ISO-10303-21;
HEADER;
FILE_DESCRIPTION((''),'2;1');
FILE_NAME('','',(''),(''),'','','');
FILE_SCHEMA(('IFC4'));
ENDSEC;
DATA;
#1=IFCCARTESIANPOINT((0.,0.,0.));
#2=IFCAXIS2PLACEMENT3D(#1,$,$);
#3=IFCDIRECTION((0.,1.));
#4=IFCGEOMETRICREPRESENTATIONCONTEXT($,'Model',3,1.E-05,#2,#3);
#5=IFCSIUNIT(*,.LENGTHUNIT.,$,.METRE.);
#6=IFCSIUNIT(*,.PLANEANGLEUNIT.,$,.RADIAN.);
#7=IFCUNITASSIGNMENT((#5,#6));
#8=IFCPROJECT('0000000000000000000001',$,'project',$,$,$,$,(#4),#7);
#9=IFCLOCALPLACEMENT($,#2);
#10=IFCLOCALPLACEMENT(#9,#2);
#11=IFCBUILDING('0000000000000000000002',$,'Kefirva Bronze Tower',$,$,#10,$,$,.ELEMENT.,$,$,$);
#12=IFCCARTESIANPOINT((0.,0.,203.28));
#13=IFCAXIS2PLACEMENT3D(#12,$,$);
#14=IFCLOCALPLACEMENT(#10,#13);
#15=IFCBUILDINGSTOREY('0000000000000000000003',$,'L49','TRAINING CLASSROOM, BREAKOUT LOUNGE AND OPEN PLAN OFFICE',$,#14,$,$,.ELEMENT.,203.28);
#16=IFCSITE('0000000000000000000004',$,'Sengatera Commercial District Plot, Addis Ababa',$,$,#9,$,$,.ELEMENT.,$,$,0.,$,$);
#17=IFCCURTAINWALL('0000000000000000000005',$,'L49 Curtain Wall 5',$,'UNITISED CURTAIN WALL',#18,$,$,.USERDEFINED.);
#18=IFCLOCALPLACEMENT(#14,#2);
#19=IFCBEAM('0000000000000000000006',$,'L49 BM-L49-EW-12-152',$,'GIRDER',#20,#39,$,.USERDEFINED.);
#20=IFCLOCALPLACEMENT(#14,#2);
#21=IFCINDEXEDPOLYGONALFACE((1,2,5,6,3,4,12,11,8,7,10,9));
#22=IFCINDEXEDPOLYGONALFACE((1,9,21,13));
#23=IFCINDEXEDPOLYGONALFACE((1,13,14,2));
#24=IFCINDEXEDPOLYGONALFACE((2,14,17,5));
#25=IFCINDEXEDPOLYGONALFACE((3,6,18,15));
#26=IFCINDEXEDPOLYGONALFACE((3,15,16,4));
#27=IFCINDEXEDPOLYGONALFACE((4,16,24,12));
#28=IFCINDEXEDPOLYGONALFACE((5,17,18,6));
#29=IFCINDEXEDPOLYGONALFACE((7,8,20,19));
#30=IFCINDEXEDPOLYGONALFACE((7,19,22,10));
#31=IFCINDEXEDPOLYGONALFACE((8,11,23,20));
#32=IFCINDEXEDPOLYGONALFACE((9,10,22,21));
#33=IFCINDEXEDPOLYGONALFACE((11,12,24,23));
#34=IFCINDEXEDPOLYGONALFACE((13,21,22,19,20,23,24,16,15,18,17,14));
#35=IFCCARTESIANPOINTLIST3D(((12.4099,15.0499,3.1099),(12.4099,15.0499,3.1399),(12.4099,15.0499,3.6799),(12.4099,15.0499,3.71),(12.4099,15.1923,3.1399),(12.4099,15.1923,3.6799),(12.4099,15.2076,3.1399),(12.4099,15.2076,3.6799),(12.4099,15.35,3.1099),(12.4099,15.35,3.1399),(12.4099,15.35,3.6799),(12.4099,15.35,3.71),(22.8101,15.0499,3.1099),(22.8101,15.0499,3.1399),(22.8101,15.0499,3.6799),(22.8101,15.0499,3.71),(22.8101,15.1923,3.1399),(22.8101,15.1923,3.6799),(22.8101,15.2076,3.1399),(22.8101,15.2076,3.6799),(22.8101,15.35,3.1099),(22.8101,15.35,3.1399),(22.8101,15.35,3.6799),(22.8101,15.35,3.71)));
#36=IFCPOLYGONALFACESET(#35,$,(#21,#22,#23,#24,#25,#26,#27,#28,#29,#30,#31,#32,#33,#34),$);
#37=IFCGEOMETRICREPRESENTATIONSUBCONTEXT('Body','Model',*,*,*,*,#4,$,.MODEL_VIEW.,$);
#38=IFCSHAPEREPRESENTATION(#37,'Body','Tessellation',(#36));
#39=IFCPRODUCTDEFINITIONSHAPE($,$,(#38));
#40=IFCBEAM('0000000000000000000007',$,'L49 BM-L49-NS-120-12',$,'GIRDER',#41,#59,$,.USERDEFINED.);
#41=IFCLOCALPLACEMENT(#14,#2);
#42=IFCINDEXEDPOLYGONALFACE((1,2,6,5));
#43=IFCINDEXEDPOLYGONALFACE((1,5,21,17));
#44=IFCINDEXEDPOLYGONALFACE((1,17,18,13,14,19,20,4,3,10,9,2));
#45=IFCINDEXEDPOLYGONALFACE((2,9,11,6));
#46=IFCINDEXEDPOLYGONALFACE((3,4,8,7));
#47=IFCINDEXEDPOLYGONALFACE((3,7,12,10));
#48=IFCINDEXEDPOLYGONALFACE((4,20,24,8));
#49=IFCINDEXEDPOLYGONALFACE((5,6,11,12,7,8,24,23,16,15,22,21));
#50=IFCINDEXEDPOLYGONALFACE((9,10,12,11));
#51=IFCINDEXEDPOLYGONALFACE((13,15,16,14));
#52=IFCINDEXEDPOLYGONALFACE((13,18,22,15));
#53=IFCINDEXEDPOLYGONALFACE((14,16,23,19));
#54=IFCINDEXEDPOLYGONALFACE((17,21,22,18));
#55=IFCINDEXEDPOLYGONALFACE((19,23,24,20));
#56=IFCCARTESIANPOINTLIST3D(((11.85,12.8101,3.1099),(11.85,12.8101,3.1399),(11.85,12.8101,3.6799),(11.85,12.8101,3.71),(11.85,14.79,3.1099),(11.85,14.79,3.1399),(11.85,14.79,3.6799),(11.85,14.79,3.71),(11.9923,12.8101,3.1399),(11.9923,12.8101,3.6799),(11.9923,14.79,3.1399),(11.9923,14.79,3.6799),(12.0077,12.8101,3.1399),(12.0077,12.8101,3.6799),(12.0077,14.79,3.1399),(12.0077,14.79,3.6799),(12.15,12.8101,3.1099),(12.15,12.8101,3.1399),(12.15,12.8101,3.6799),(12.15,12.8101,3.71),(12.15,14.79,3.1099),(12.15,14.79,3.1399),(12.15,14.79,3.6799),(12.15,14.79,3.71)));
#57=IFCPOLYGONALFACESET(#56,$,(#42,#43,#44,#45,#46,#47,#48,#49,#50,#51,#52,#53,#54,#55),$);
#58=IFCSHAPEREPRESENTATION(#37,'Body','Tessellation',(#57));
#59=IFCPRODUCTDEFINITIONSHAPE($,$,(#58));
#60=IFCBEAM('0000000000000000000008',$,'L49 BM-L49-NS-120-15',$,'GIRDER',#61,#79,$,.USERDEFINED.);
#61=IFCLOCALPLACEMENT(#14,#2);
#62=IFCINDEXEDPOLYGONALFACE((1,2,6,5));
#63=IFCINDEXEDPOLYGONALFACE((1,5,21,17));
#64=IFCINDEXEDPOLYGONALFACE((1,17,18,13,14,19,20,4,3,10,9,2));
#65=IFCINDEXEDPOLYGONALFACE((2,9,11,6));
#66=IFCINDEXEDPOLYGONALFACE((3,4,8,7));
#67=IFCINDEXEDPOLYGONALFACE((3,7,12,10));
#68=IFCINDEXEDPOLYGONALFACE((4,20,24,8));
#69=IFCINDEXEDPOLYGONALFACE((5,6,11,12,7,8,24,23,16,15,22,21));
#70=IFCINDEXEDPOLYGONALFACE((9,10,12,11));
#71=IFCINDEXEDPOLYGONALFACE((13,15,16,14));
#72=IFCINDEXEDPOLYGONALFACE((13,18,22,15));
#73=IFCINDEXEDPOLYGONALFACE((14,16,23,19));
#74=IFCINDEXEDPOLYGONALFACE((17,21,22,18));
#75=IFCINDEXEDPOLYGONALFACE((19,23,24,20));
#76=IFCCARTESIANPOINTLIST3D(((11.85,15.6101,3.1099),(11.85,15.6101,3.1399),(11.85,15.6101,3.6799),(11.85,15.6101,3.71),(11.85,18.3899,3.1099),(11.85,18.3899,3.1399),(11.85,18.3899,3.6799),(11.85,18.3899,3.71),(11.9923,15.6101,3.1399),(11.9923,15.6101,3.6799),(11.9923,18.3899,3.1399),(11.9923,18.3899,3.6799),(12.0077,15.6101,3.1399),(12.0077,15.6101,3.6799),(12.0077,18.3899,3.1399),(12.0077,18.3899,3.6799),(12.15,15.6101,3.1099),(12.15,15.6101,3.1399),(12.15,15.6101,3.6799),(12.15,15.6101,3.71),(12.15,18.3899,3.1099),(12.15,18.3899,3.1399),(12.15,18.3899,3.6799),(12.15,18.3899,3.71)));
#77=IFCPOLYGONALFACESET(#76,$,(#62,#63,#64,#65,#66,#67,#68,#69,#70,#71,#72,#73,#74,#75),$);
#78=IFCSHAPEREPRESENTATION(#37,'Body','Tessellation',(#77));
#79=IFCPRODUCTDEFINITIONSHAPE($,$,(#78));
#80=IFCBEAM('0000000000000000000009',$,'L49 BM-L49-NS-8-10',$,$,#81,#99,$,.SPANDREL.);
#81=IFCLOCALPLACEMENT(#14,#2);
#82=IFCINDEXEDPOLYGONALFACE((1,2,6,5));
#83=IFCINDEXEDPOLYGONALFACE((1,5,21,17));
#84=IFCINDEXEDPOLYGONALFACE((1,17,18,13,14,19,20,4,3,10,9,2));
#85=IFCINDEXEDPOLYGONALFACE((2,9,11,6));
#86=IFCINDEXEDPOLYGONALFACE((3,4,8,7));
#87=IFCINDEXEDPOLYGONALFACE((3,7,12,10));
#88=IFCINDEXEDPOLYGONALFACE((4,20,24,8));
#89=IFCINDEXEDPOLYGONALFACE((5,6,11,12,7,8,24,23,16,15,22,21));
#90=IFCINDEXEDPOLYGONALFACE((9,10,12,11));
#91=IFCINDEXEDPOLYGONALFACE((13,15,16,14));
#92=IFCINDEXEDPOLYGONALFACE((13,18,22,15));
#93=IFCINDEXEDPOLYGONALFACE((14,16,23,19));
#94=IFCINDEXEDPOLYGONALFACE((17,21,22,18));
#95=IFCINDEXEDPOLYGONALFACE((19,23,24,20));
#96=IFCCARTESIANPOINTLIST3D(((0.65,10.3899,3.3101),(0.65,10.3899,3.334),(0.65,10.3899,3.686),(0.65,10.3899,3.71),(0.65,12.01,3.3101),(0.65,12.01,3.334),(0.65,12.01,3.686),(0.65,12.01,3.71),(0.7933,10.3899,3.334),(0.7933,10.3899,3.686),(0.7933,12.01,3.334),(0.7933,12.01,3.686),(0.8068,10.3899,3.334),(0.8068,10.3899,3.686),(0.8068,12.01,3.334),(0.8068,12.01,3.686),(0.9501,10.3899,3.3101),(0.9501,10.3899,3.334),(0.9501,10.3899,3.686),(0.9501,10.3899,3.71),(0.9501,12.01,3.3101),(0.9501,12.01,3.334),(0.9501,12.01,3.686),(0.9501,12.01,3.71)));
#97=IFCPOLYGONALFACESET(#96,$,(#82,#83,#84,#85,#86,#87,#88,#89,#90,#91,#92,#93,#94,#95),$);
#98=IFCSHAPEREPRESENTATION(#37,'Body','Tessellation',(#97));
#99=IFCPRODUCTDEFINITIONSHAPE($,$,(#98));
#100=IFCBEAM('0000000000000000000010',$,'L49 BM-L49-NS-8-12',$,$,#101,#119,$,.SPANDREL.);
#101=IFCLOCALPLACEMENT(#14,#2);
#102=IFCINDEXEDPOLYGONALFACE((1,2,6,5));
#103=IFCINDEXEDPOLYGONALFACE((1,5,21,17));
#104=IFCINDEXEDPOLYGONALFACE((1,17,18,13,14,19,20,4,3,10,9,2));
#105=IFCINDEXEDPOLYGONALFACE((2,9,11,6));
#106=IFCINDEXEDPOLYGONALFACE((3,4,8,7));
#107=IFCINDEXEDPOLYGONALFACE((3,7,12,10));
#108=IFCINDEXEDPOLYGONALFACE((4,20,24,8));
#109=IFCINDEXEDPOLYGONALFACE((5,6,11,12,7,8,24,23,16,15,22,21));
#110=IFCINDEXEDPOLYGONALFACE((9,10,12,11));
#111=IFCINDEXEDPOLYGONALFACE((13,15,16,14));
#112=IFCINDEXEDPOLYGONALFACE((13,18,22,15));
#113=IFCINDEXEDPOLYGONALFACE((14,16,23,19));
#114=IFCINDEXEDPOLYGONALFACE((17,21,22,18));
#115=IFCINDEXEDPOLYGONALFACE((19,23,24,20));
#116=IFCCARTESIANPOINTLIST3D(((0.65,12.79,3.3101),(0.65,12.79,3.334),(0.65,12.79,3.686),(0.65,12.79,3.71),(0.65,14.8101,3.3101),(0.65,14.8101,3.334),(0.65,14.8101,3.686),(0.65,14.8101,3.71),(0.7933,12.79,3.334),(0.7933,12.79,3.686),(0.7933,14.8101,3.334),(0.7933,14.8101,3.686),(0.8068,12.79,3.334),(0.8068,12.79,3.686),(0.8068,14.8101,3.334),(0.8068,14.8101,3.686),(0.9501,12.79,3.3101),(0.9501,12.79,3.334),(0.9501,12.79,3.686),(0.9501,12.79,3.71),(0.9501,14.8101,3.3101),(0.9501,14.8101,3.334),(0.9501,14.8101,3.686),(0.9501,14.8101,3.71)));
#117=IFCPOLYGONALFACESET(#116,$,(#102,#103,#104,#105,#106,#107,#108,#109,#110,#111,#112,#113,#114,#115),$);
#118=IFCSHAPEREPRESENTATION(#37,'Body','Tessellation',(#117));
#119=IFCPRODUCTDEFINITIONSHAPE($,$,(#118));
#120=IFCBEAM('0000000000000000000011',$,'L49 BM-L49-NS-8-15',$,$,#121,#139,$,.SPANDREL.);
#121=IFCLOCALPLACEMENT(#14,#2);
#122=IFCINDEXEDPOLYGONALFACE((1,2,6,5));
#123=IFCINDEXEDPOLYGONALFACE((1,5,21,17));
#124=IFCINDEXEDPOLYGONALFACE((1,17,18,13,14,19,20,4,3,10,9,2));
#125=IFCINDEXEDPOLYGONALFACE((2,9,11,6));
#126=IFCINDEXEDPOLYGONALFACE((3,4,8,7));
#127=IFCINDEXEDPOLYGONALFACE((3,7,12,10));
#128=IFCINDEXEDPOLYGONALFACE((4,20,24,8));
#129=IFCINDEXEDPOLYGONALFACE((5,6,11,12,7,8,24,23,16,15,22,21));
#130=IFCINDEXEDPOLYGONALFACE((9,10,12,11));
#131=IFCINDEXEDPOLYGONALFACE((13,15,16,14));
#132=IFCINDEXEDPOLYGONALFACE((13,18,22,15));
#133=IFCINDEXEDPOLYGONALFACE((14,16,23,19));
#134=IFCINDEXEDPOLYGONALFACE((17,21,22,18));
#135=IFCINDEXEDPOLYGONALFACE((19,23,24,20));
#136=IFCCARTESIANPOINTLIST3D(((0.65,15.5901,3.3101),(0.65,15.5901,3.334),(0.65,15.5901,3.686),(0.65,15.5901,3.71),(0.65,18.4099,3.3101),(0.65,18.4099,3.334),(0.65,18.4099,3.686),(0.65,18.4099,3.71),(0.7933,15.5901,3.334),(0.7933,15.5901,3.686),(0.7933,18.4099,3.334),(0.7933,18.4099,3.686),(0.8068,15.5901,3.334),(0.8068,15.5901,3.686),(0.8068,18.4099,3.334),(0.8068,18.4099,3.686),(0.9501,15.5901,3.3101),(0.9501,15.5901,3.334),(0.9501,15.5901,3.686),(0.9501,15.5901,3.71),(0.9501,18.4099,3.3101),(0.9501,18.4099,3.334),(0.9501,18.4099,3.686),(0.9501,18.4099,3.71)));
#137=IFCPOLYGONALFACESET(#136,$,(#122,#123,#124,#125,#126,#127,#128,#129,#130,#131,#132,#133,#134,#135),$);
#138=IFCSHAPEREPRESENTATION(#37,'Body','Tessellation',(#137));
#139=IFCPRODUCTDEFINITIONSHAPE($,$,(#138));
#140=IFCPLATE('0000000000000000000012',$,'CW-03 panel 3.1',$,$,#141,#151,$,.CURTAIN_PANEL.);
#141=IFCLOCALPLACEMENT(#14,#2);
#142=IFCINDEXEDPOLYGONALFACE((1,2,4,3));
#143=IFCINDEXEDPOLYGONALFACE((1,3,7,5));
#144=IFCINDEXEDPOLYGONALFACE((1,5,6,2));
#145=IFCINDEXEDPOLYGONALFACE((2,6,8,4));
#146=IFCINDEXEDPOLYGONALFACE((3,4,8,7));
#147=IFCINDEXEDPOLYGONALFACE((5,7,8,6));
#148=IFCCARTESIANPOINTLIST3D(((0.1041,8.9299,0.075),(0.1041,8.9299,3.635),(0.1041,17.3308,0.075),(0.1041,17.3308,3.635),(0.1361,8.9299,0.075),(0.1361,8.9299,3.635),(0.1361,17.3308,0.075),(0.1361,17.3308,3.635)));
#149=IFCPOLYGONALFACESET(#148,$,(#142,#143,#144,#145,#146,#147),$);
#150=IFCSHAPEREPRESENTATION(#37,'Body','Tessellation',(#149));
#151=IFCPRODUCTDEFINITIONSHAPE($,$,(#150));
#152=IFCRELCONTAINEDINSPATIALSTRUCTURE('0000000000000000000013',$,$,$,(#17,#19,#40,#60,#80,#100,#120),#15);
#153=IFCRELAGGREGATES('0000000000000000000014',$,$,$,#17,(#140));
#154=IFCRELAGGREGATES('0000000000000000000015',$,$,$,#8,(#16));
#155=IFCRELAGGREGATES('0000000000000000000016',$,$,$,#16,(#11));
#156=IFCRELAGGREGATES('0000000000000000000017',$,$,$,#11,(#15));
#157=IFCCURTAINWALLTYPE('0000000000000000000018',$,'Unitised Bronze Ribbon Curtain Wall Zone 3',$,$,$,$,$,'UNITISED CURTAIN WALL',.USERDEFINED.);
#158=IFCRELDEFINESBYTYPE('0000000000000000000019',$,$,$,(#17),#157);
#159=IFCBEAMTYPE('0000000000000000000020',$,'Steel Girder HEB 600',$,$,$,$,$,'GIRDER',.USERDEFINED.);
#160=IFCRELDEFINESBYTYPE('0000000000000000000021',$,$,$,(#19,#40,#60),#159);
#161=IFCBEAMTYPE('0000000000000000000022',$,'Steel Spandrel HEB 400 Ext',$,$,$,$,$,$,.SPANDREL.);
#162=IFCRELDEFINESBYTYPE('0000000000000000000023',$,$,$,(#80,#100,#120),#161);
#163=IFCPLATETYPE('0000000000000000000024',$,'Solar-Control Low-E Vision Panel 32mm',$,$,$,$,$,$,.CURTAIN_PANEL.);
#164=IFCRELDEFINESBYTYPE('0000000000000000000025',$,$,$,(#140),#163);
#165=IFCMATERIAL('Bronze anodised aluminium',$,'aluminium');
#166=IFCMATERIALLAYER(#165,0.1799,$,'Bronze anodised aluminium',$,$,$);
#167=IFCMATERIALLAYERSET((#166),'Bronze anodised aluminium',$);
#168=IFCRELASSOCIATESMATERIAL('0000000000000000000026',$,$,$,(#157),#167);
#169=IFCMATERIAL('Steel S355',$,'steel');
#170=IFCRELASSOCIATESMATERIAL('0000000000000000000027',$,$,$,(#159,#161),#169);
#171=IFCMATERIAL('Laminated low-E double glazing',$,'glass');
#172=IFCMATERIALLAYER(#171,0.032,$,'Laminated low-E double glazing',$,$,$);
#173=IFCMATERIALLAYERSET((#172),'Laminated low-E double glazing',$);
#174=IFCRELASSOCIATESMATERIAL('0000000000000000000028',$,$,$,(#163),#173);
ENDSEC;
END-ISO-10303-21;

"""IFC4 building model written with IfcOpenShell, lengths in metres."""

from ifc_helpers import new_model, si_unit, direction, frame, origin, origin_2d, place, context, subcontext, project, spatial, rectangle, i_section, extrude, material, layer, layer_set, material_profile, profile_set, type_object, element, aggregate, save


model = new_model("IFC4")

# Units and contexts
model_context = context("Model", 3, precision=1e-05, world=origin(), true_north=direction((0.0, 1.0)))
body_context = subcontext(model_context, "Body", "Model", "MODEL_VIEW")
ifc_project = project(units=[si_unit("LENGTHUNIT", "METRE"), si_unit("PLANEANGLEUNIT", "RADIAN")], contexts=[model_context])

# Site, building, storey
site_placement = place(None, origin())
site = spatial("IfcSite", under=ifc_project, at=site_placement, Name="Sengatera Commercial District Plot, Addis Ababa", CompositionType="ELEMENT", RefElevation=0.0)
building_placement = place(site_placement, origin())
building = spatial("IfcBuilding", under=site, at=building_placement, Name="Kefirva Bronze Tower", CompositionType="ELEMENT")
storey_placement = place(building_placement, frame((0.0, 0.0, 203.28)))
storey = spatial("IfcBuildingStorey", under=building, at=storey_placement, Name="L49", Description="TRAINING CLASSROOM, BREAKOUT LOUNGE AND OPEN PLAN OFFICE", CompositionType="ELEMENT", Elevation=203.28)

# Curtain wall
ifc_material_1 = material(Name="Bronze anodised aluminium", Category="aluminium")
ifc_layer_1 = layer(ifc_material_1, 0.1799, Name="Bronze anodised aluminium")
ifc_layer_set_1 = layer_set([ifc_layer_1], Name="Bronze anodised aluminium")
curtain_wall_type = type_object("IfcCurtainWallType", Name="Unitised Bronze Ribbon Curtain Wall Zone 3", ElementType="UNITISED CURTAIN WALL", PredefinedType="USERDEFINED", material=ifc_layer_set_1)
curtain_wall_placement = place(storey_placement, origin())
curtain_wall = element("IfcCurtainWall", 1, at=curtain_wall_placement, inside=storey, type_object=curtain_wall_type, Name="L49 Curtain Wall 5", ObjectType="UNITISED CURTAIN WALL", PredefinedType="USERDEFINED")

# Beams
ifc_material_2 = material(Name="Steel S355", Category="steel")
ifc_material_profile_1 = material_profile(ifc_material_2, i_section(OverallWidth=0.3, OverallDepth=0.6001, WebThickness=0.0154, FlangeThickness=0.03, at=origin_2d()), Name="HEB 600")
ifc_profile_set_1 = profile_set([ifc_material_profile_1], Name="Steel S355")
beam_type_1 = type_object("IfcBeamType", Name="Steel Girder HEB 600", ElementType="GIRDER", PredefinedType="USERDEFINED", material=ifc_profile_set_1)
for number, where, z_axis, x_axis, name in (
    (2, (12.4099, 15.2, 3.4099), (1.0, 0.0, 0.0), (0.0, 1.0, 0.0), "L49 BM-L49-EW-12-152"),
):
    element("IfcBeam", number, at=place(storey_placement, frame(where, z_axis=z_axis, x_axis=x_axis)), inside=storey, type_object=beam_type_1, Name=name, ObjectType="GIRDER", PredefinedType="USERDEFINED", context=body_context, shape_type="SweptSolid", body=[
        extrude(i_section(OverallWidth=0.3, OverallDepth=0.6001, WebThickness=0.0154, FlangeThickness=0.03, at=origin_2d()), origin(), (0.0, 0.0, 1.0), 10.4001),
    ])
beam_1_placement = place(storey_placement, frame((12.0, 12.8101, 3.4099), z_axis=(0.0, 1.0, 0.0), x_axis=(-1.0, 0.0, 0.0)))
element("IfcBeam", 3, at=beam_1_placement, inside=storey, type_object=beam_type_1, Name="L49 BM-L49-NS-120-12", ObjectType="GIRDER", PredefinedType="USERDEFINED", context=body_context, shape_type="SweptSolid", body=[
    extrude(i_section(OverallWidth=0.3, OverallDepth=0.6001, WebThickness=0.0154, FlangeThickness=0.03, at=origin_2d()), origin(), (0.0, 0.0, 1.0), 1.98),
])
beam_2_placement = place(storey_placement, frame((12.0, 15.6101, 3.4099), z_axis=(0.0, 1.0, 0.0), x_axis=(-1.0, 0.0, 0.0)))
element("IfcBeam", 4, at=beam_2_placement, inside=storey, type_object=beam_type_1, Name="L49 BM-L49-NS-120-15", ObjectType="GIRDER", PredefinedType="USERDEFINED", context=body_context, shape_type="SweptSolid", body=[
    extrude(i_section(OverallWidth=0.3, OverallDepth=0.6001, WebThickness=0.0154, FlangeThickness=0.03, at=origin_2d()), origin(), (0.0, 0.0, 1.0), 2.7798),
])
ifc_material_profile_2 = material_profile(ifc_material_2, i_section(OverallWidth=0.3, OverallDepth=0.3999, WebThickness=0.0134, FlangeThickness=0.0239, at=origin_2d()), Name="HEB 400")
ifc_profile_set_2 = profile_set([ifc_material_profile_2], Name="Steel S355")
beam_type_2 = type_object("IfcBeamType", Name="Steel Spandrel HEB 400 Ext", PredefinedType="SPANDREL", material=ifc_profile_set_2)
beam_3_placement = place(storey_placement, frame((0.8, 10.3899, 3.51), z_axis=(0.0, 1.0, 0.0), x_axis=(-1.0, 0.0, 0.0)))
element("IfcBeam", 5, at=beam_3_placement, inside=storey, type_object=beam_type_2, Name="L49 BM-L49-NS-8-10", PredefinedType="SPANDREL", context=body_context, shape_type="SweptSolid", body=[
    extrude(i_section(OverallWidth=0.3, OverallDepth=0.3999, WebThickness=0.0134, FlangeThickness=0.0239, at=origin_2d()), origin(), (0.0, 0.0, 1.0), 1.6201),
])
beam_4_placement = place(storey_placement, frame((0.8, 12.79, 3.51), z_axis=(0.0, 1.0, 0.0), x_axis=(-1.0, 0.0, 0.0)))
element("IfcBeam", 6, at=beam_4_placement, inside=storey, type_object=beam_type_2, Name="L49 BM-L49-NS-8-12", PredefinedType="SPANDREL", context=body_context, shape_type="SweptSolid", body=[
    extrude(i_section(OverallWidth=0.3, OverallDepth=0.3999, WebThickness=0.0134, FlangeThickness=0.0239, at=origin_2d()), origin(), (0.0, 0.0, 1.0), 2.02),
])
beam_5_placement = place(storey_placement, frame((0.8, 15.5901, 3.51), z_axis=(0.0, 1.0, 0.0), x_axis=(-1.0, 0.0, 0.0)))
element("IfcBeam", 7, at=beam_5_placement, inside=storey, type_object=beam_type_2, Name="L49 BM-L49-NS-8-15", PredefinedType="SPANDREL", context=body_context, shape_type="SweptSolid", body=[
    extrude(i_section(OverallWidth=0.3, OverallDepth=0.3999, WebThickness=0.0134, FlangeThickness=0.0239, at=origin_2d()), origin(), (0.0, 0.0, 1.0), 2.8198),
])

# Plate
ifc_material_3 = material(Name="Laminated low-E double glazing", Category="glass")
ifc_layer_2 = layer(ifc_material_3, 0.032, Name="Laminated low-E double glazing")
ifc_layer_set_2 = layer_set([ifc_layer_2], Name="Laminated low-E double glazing")
plate_type = type_object("IfcPlateType", Name="Solar-Control Low-E Vision Panel 32mm", PredefinedType="CURTAIN_PANEL", material=ifc_layer_set_2)
plate_placement = place(storey_placement, frame((0.1201, 13.1304, 0.075), z_axis=(0.0, 0.0, 1.0), x_axis=(0.0, -1.0, 0.0)))
plate = element("IfcPlate", 8, at=plate_placement, type_object=plate_type, Name="CW-03 panel 3.1", PredefinedType="CURTAIN_PANEL", context=body_context, shape_type="SweptSolid", body=[
    extrude(rectangle(XDim=8.4009, YDim=0.032, at=origin_2d()), origin(), (0.0, 0.0, 1.0), 3.5601),
])
aggregate(curtain_wall, [plate])

save(model, "model.ifc")
